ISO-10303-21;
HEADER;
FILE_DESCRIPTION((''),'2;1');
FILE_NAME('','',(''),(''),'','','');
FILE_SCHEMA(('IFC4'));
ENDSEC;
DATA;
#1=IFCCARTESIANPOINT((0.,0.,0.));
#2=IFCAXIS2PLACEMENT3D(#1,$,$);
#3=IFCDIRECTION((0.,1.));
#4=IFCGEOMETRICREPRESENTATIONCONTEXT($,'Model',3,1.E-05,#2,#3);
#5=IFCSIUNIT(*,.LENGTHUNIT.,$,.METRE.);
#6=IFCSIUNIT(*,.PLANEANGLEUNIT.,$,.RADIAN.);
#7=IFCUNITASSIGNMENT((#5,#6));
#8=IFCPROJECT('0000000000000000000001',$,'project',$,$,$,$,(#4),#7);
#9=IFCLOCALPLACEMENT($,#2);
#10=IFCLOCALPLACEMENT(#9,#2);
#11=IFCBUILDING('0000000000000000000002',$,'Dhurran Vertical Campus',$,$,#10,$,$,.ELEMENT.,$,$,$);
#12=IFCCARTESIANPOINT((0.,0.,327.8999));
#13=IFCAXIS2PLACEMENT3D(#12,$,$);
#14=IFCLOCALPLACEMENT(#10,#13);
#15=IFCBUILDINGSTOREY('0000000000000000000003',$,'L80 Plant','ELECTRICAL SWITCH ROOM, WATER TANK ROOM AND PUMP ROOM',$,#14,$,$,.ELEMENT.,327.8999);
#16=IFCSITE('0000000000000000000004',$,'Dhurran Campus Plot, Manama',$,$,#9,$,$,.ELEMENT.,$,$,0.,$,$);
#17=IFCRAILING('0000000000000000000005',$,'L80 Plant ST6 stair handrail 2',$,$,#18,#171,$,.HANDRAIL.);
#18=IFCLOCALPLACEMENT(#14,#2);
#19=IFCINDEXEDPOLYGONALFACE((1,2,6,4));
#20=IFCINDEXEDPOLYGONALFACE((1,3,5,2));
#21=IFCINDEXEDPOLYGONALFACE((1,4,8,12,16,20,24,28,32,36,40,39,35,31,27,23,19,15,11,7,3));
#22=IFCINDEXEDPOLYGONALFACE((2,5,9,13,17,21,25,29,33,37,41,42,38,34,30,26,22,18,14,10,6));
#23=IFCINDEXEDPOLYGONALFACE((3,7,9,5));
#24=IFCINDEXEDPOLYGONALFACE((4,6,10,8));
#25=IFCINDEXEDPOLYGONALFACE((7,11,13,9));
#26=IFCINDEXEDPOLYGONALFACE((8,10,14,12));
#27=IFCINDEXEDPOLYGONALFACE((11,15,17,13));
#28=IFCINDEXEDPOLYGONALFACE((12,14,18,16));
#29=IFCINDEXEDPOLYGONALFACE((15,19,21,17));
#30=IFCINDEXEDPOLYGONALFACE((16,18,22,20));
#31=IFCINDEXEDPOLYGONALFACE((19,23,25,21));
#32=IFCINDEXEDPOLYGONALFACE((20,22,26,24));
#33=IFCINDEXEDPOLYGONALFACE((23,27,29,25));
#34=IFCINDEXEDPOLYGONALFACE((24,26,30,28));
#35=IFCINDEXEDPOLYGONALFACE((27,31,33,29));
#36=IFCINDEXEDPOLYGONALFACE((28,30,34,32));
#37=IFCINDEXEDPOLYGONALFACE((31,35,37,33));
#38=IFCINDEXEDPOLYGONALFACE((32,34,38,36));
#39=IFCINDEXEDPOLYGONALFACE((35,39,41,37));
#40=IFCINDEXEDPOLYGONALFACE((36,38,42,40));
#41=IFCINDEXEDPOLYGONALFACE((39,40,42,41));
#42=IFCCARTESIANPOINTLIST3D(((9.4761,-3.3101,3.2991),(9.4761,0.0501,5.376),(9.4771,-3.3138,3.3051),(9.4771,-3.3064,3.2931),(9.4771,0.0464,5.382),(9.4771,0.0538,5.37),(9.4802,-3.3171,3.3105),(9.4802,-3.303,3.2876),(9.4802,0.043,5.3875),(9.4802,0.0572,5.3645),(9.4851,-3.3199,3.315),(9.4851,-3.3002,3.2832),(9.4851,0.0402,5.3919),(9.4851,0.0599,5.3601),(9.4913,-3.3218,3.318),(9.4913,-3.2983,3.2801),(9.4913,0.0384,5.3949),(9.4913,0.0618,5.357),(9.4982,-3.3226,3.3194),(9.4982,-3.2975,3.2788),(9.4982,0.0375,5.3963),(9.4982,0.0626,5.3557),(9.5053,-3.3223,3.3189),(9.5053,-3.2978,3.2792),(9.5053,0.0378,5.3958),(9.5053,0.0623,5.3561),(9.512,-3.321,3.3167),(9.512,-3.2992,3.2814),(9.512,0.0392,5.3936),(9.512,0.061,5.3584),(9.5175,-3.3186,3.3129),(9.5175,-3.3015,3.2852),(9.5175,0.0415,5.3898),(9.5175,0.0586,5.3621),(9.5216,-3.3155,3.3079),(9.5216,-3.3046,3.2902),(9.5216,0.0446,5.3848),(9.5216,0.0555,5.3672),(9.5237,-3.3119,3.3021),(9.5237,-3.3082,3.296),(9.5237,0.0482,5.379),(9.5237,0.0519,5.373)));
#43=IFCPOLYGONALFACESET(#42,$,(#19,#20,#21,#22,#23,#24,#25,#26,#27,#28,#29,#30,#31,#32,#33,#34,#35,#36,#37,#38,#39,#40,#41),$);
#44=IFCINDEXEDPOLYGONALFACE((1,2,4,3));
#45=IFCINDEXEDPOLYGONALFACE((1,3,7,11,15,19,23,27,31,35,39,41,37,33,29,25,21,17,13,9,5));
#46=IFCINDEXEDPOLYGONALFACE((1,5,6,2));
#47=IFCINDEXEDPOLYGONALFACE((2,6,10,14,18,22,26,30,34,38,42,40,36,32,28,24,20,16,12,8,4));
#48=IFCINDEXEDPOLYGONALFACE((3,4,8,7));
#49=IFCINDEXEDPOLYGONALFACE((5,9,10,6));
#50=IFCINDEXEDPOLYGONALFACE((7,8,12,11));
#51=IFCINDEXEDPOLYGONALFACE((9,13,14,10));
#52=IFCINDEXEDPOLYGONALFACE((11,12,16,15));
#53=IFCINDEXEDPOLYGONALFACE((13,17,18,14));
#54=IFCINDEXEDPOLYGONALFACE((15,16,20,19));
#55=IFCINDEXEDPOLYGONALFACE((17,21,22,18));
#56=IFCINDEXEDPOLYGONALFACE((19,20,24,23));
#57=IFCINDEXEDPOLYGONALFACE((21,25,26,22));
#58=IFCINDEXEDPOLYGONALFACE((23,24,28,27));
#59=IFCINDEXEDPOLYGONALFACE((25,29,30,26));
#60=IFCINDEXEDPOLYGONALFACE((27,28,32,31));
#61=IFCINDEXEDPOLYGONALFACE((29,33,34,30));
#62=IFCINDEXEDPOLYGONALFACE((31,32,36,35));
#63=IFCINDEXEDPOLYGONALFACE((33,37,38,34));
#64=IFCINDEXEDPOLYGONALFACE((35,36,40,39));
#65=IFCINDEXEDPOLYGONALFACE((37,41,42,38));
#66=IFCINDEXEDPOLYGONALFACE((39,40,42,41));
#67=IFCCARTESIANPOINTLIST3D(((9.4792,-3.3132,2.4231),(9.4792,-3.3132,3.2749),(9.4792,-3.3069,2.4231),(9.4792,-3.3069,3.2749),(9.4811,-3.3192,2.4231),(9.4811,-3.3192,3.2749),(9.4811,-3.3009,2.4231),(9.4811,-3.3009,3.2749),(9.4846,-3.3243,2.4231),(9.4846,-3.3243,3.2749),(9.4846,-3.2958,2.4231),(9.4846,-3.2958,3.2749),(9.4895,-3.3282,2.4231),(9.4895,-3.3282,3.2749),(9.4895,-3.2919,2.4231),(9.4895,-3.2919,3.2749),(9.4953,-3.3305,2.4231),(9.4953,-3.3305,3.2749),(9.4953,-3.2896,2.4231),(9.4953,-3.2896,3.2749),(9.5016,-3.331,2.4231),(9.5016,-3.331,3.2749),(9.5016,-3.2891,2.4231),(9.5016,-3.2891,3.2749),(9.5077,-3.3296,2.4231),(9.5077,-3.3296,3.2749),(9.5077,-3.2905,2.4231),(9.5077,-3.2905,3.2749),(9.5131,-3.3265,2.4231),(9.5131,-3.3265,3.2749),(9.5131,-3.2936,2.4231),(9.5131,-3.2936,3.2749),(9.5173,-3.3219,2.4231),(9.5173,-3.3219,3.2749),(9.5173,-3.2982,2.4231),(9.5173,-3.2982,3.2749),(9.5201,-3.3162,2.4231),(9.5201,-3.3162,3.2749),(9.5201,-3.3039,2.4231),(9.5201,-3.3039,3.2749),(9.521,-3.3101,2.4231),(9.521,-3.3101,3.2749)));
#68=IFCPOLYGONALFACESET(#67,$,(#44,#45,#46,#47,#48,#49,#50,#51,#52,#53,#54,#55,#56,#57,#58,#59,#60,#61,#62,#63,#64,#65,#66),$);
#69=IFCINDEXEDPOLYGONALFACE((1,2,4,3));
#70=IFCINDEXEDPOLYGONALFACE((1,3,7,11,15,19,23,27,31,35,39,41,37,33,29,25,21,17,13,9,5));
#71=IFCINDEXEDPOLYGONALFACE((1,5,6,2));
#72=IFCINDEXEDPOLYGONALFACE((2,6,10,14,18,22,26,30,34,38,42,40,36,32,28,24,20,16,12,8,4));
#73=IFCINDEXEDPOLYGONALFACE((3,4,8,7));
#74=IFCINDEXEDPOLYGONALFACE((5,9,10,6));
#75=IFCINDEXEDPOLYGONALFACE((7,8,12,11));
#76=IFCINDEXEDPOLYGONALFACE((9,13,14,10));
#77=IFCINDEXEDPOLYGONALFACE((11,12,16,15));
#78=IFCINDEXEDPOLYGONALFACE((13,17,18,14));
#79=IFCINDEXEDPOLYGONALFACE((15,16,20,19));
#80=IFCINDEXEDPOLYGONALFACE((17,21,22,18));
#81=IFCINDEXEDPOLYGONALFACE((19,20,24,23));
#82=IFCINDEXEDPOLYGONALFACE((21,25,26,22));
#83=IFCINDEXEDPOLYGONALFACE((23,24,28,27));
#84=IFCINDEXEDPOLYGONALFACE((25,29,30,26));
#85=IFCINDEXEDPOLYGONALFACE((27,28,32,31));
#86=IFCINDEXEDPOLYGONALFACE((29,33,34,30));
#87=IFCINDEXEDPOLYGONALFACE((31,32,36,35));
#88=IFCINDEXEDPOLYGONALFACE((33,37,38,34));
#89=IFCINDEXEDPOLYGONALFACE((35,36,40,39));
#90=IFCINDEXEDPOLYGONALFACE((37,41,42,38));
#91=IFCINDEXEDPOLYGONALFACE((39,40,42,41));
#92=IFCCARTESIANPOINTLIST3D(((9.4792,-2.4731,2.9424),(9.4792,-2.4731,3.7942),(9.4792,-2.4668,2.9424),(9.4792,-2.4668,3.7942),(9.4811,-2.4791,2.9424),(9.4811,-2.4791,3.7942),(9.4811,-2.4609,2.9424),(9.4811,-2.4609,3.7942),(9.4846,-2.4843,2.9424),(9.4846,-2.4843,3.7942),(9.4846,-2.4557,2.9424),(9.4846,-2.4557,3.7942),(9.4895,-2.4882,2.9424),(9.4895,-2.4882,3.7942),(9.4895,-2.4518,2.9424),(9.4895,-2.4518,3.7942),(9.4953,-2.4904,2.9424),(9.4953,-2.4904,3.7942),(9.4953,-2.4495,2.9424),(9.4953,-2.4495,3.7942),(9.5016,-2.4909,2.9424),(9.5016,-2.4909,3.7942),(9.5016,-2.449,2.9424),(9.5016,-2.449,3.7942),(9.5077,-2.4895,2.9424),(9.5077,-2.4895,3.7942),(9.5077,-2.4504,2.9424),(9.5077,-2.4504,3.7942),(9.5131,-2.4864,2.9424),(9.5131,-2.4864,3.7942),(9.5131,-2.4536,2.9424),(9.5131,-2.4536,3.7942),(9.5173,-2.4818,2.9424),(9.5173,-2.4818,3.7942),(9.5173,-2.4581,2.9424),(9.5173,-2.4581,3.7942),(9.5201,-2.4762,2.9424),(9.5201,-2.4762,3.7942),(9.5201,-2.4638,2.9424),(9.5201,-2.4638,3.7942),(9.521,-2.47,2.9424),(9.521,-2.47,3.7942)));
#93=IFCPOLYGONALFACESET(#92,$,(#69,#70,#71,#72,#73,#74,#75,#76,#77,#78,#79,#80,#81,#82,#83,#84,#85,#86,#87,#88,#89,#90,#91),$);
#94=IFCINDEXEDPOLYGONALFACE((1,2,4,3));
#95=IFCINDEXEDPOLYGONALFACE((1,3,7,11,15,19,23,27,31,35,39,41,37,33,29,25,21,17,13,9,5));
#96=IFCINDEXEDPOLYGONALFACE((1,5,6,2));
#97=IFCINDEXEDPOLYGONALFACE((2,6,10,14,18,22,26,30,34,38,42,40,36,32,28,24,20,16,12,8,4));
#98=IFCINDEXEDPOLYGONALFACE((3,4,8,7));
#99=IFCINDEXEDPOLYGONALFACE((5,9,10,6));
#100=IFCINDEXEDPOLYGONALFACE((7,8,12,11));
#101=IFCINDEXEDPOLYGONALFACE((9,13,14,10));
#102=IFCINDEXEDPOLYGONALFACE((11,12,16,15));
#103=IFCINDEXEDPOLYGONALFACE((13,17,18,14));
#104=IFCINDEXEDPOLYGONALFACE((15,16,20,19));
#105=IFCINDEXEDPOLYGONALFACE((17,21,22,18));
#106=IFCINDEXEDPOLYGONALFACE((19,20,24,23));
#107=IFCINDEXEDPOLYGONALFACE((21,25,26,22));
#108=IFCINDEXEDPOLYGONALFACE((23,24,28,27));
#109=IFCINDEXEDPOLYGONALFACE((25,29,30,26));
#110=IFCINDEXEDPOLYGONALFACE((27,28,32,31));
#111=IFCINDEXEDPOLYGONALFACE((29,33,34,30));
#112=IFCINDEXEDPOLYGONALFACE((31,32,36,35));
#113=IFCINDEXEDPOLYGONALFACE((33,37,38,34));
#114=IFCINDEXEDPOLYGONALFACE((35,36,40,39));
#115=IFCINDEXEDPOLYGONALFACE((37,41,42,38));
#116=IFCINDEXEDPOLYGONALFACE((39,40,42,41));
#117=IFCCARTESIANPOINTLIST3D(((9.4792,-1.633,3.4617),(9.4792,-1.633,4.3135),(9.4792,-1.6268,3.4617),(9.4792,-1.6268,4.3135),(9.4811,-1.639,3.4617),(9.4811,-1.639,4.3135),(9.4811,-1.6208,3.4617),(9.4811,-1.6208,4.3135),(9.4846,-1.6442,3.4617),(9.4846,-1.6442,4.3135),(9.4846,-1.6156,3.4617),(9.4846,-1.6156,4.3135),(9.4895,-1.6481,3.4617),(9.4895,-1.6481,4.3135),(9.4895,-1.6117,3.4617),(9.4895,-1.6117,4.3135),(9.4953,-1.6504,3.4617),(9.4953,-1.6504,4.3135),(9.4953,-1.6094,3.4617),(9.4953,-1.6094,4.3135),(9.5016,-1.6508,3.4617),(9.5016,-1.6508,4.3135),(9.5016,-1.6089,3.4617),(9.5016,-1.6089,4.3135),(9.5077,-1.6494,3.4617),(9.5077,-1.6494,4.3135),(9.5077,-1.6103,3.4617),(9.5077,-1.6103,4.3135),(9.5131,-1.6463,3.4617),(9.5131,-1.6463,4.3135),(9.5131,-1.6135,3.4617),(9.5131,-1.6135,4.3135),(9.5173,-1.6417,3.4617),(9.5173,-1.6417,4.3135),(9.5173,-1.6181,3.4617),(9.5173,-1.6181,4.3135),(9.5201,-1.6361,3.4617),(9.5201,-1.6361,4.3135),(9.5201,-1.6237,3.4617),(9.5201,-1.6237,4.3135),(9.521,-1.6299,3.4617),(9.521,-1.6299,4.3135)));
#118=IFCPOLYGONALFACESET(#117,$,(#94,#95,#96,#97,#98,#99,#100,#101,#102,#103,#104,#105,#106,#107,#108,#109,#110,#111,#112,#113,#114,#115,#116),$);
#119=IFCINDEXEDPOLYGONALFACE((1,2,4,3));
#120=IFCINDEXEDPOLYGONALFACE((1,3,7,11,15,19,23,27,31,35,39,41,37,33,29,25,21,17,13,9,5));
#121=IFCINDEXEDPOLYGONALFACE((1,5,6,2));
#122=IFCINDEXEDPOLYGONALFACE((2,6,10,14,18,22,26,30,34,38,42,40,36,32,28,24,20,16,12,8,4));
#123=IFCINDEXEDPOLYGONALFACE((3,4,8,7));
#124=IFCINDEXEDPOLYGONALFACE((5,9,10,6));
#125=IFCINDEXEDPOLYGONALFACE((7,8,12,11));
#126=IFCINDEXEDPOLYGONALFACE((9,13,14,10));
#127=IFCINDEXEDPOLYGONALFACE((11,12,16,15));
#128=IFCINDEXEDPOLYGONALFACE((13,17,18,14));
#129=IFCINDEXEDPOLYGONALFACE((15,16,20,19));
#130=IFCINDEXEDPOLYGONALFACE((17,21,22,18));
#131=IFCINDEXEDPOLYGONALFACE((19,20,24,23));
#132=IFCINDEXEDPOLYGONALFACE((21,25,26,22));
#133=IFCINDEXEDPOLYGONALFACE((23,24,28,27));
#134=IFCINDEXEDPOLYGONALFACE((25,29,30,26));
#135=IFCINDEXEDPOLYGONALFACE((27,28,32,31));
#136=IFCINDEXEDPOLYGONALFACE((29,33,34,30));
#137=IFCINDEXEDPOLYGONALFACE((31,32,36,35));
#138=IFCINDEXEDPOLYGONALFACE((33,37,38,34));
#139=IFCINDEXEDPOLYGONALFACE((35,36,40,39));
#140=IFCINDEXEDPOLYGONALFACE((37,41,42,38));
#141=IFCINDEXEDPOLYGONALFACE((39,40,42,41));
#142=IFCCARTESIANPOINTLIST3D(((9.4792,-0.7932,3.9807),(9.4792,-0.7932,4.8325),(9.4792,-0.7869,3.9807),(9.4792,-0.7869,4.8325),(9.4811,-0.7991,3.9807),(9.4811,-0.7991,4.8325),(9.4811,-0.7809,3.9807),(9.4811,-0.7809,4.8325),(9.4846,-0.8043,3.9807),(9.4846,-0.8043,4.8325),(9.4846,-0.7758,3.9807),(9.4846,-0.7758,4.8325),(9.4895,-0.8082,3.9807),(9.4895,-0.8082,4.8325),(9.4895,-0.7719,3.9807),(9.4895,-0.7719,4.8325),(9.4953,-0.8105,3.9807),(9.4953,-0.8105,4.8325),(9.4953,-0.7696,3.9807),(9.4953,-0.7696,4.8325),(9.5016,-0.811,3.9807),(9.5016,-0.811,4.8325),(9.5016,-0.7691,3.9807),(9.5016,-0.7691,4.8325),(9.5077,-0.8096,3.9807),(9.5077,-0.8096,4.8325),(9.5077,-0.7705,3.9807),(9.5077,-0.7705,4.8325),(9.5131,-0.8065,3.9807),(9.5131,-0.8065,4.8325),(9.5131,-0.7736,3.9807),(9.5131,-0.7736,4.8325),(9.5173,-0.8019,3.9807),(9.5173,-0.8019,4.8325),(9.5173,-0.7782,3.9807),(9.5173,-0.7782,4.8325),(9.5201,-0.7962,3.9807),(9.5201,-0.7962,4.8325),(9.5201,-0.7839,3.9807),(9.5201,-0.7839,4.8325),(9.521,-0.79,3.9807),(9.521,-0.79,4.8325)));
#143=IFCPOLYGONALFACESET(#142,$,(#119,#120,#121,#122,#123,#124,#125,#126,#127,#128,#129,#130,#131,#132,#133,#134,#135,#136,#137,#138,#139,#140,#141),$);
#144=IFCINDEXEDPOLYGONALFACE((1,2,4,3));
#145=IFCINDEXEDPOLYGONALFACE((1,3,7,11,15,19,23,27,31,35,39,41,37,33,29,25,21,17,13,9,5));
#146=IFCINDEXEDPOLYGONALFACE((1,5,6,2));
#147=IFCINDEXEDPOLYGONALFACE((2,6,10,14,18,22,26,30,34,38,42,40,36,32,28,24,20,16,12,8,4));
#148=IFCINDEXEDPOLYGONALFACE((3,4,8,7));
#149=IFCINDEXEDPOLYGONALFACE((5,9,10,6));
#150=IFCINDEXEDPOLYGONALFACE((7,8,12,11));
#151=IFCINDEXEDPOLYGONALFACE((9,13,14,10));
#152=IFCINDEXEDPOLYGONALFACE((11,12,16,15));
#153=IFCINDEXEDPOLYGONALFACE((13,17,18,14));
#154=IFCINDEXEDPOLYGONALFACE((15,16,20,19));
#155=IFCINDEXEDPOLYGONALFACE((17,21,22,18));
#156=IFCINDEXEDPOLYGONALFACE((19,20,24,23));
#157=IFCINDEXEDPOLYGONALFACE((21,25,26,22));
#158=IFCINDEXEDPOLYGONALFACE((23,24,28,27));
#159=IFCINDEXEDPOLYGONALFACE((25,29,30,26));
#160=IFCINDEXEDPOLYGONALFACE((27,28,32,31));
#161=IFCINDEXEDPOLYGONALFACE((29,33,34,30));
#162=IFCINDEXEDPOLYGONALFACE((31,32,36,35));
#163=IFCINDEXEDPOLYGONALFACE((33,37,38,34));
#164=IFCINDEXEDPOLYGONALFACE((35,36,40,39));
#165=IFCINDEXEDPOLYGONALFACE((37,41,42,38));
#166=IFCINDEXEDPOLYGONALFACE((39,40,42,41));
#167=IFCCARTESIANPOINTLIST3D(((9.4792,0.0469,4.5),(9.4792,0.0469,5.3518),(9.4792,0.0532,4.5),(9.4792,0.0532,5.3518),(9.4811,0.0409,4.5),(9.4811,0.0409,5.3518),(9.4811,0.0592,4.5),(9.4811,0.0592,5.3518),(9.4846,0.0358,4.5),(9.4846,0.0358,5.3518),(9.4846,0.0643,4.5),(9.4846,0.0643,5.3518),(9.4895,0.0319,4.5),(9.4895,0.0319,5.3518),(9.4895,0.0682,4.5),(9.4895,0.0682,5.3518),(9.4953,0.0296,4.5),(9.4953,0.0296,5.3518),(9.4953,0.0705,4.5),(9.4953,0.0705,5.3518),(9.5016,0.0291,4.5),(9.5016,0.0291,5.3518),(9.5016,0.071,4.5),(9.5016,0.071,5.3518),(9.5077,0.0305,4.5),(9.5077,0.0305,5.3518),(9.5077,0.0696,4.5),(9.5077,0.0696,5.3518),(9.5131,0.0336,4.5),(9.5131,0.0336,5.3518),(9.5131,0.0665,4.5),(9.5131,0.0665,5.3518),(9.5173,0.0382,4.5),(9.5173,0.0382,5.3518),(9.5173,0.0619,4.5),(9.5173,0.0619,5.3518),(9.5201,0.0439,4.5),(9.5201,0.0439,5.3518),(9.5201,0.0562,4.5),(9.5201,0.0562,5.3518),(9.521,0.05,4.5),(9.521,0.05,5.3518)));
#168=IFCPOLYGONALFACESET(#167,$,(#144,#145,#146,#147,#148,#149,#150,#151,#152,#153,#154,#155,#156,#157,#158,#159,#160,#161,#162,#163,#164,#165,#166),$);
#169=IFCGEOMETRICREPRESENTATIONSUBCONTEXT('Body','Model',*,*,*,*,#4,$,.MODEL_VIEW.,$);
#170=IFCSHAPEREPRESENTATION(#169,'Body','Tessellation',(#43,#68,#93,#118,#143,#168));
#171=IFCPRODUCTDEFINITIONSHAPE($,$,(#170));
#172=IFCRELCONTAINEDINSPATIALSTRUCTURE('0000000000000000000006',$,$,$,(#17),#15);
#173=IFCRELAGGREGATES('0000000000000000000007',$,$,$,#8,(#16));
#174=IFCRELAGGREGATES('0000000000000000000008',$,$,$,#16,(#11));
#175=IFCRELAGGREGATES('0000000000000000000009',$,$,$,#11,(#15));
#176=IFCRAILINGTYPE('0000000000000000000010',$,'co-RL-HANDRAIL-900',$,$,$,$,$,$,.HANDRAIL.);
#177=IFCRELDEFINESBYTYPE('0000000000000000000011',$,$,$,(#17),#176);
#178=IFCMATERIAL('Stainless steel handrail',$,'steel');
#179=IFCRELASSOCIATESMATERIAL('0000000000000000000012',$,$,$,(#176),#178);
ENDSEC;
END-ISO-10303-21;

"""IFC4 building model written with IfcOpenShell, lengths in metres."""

from ifc_helpers import new_model, si_unit, direction, frame, origin, origin_2d, place, context, subcontext, project, spatial, circle, extrude, material, type_object, element, save


model = new_model("IFC4")

# Units and contexts
model_context = context("Model", 3, precision=1e-05, world=origin(), true_north=direction((0.0, 1.0)))
body_context = subcontext(model_context, "Body", "Model", "MODEL_VIEW")
ifc_project = project(units=[si_unit("LENGTHUNIT", "METRE"), si_unit("PLANEANGLEUNIT", "RADIAN")], contexts=[model_context])

# Site, building, storey
site_placement = place(None, origin())
site = spatial("IfcSite", under=ifc_project, at=site_placement, Name="Dhurran Campus Plot, Manama", CompositionType="ELEMENT", RefElevation=0.0)
building_placement = place(site_placement, origin())
building = spatial("IfcBuilding", under=site, at=building_placement, Name="Dhurran Vertical Campus", CompositionType="ELEMENT")
storey_placement = place(building_placement, frame((0.0, 0.0, 327.8999)))
storey = spatial("IfcBuildingStorey", under=building, at=storey_placement, Name="L80 Plant", Description="ELECTRICAL SWITCH ROOM, WATER TANK ROOM AND PUMP ROOM", CompositionType="ELEMENT", Elevation=327.8999)

# Railing
ifc_material_1 = material(Name="Stainless steel handrail", Category="steel")
railing_type = type_object("IfcRailingType", Name="co-RL-HANDRAIL-900", PredefinedType="HANDRAIL", material=ifc_material_1)
railing_placement = place(storey_placement, frame((9.5, -3.3101, 2.4231)))
element("IfcRailing", 1, at=railing_placement, inside=storey, type_object=railing_type, Name="L80 Plant ST6 stair handrail 2", PredefinedType="HANDRAIL", context=body_context, shape_type="SweptSolid", body=[
    extrude(circle(Radius=0.0239, at=origin_2d()), frame((0.0, 0.0, 0.876), z_axis=(0.0, 0.850623, 0.525776), x_axis=(-1.0, 0.0, 0.0)), (0.0, 0.0, 1.0), 3.9502),
    extrude(circle(Radius=0.021, at=origin_2d()), origin(), (0.0, 0.0, 1.0), 0.8518),
    extrude(circle(Radius=0.021, at=origin_2d()), frame((0.0, 0.8401, 0.5193)), (0.0, 0.0, 1.0), 0.8518),
    extrude(circle(Radius=0.021, at=origin_2d()), frame((0.0, 1.6802, 1.0386)), (0.0, 0.0, 1.0), 0.8518),
    extrude(circle(Radius=0.021, at=origin_2d()), frame((0.0, 2.52, 1.5576)), (0.0, 0.0, 1.0), 0.8518),
    extrude(circle(Radius=0.021, at=origin_2d()), frame((0.0, 3.3601, 2.0769)), (0.0, 0.0, 1.0), 0.8518),
])

save(model, "model.ifc")
